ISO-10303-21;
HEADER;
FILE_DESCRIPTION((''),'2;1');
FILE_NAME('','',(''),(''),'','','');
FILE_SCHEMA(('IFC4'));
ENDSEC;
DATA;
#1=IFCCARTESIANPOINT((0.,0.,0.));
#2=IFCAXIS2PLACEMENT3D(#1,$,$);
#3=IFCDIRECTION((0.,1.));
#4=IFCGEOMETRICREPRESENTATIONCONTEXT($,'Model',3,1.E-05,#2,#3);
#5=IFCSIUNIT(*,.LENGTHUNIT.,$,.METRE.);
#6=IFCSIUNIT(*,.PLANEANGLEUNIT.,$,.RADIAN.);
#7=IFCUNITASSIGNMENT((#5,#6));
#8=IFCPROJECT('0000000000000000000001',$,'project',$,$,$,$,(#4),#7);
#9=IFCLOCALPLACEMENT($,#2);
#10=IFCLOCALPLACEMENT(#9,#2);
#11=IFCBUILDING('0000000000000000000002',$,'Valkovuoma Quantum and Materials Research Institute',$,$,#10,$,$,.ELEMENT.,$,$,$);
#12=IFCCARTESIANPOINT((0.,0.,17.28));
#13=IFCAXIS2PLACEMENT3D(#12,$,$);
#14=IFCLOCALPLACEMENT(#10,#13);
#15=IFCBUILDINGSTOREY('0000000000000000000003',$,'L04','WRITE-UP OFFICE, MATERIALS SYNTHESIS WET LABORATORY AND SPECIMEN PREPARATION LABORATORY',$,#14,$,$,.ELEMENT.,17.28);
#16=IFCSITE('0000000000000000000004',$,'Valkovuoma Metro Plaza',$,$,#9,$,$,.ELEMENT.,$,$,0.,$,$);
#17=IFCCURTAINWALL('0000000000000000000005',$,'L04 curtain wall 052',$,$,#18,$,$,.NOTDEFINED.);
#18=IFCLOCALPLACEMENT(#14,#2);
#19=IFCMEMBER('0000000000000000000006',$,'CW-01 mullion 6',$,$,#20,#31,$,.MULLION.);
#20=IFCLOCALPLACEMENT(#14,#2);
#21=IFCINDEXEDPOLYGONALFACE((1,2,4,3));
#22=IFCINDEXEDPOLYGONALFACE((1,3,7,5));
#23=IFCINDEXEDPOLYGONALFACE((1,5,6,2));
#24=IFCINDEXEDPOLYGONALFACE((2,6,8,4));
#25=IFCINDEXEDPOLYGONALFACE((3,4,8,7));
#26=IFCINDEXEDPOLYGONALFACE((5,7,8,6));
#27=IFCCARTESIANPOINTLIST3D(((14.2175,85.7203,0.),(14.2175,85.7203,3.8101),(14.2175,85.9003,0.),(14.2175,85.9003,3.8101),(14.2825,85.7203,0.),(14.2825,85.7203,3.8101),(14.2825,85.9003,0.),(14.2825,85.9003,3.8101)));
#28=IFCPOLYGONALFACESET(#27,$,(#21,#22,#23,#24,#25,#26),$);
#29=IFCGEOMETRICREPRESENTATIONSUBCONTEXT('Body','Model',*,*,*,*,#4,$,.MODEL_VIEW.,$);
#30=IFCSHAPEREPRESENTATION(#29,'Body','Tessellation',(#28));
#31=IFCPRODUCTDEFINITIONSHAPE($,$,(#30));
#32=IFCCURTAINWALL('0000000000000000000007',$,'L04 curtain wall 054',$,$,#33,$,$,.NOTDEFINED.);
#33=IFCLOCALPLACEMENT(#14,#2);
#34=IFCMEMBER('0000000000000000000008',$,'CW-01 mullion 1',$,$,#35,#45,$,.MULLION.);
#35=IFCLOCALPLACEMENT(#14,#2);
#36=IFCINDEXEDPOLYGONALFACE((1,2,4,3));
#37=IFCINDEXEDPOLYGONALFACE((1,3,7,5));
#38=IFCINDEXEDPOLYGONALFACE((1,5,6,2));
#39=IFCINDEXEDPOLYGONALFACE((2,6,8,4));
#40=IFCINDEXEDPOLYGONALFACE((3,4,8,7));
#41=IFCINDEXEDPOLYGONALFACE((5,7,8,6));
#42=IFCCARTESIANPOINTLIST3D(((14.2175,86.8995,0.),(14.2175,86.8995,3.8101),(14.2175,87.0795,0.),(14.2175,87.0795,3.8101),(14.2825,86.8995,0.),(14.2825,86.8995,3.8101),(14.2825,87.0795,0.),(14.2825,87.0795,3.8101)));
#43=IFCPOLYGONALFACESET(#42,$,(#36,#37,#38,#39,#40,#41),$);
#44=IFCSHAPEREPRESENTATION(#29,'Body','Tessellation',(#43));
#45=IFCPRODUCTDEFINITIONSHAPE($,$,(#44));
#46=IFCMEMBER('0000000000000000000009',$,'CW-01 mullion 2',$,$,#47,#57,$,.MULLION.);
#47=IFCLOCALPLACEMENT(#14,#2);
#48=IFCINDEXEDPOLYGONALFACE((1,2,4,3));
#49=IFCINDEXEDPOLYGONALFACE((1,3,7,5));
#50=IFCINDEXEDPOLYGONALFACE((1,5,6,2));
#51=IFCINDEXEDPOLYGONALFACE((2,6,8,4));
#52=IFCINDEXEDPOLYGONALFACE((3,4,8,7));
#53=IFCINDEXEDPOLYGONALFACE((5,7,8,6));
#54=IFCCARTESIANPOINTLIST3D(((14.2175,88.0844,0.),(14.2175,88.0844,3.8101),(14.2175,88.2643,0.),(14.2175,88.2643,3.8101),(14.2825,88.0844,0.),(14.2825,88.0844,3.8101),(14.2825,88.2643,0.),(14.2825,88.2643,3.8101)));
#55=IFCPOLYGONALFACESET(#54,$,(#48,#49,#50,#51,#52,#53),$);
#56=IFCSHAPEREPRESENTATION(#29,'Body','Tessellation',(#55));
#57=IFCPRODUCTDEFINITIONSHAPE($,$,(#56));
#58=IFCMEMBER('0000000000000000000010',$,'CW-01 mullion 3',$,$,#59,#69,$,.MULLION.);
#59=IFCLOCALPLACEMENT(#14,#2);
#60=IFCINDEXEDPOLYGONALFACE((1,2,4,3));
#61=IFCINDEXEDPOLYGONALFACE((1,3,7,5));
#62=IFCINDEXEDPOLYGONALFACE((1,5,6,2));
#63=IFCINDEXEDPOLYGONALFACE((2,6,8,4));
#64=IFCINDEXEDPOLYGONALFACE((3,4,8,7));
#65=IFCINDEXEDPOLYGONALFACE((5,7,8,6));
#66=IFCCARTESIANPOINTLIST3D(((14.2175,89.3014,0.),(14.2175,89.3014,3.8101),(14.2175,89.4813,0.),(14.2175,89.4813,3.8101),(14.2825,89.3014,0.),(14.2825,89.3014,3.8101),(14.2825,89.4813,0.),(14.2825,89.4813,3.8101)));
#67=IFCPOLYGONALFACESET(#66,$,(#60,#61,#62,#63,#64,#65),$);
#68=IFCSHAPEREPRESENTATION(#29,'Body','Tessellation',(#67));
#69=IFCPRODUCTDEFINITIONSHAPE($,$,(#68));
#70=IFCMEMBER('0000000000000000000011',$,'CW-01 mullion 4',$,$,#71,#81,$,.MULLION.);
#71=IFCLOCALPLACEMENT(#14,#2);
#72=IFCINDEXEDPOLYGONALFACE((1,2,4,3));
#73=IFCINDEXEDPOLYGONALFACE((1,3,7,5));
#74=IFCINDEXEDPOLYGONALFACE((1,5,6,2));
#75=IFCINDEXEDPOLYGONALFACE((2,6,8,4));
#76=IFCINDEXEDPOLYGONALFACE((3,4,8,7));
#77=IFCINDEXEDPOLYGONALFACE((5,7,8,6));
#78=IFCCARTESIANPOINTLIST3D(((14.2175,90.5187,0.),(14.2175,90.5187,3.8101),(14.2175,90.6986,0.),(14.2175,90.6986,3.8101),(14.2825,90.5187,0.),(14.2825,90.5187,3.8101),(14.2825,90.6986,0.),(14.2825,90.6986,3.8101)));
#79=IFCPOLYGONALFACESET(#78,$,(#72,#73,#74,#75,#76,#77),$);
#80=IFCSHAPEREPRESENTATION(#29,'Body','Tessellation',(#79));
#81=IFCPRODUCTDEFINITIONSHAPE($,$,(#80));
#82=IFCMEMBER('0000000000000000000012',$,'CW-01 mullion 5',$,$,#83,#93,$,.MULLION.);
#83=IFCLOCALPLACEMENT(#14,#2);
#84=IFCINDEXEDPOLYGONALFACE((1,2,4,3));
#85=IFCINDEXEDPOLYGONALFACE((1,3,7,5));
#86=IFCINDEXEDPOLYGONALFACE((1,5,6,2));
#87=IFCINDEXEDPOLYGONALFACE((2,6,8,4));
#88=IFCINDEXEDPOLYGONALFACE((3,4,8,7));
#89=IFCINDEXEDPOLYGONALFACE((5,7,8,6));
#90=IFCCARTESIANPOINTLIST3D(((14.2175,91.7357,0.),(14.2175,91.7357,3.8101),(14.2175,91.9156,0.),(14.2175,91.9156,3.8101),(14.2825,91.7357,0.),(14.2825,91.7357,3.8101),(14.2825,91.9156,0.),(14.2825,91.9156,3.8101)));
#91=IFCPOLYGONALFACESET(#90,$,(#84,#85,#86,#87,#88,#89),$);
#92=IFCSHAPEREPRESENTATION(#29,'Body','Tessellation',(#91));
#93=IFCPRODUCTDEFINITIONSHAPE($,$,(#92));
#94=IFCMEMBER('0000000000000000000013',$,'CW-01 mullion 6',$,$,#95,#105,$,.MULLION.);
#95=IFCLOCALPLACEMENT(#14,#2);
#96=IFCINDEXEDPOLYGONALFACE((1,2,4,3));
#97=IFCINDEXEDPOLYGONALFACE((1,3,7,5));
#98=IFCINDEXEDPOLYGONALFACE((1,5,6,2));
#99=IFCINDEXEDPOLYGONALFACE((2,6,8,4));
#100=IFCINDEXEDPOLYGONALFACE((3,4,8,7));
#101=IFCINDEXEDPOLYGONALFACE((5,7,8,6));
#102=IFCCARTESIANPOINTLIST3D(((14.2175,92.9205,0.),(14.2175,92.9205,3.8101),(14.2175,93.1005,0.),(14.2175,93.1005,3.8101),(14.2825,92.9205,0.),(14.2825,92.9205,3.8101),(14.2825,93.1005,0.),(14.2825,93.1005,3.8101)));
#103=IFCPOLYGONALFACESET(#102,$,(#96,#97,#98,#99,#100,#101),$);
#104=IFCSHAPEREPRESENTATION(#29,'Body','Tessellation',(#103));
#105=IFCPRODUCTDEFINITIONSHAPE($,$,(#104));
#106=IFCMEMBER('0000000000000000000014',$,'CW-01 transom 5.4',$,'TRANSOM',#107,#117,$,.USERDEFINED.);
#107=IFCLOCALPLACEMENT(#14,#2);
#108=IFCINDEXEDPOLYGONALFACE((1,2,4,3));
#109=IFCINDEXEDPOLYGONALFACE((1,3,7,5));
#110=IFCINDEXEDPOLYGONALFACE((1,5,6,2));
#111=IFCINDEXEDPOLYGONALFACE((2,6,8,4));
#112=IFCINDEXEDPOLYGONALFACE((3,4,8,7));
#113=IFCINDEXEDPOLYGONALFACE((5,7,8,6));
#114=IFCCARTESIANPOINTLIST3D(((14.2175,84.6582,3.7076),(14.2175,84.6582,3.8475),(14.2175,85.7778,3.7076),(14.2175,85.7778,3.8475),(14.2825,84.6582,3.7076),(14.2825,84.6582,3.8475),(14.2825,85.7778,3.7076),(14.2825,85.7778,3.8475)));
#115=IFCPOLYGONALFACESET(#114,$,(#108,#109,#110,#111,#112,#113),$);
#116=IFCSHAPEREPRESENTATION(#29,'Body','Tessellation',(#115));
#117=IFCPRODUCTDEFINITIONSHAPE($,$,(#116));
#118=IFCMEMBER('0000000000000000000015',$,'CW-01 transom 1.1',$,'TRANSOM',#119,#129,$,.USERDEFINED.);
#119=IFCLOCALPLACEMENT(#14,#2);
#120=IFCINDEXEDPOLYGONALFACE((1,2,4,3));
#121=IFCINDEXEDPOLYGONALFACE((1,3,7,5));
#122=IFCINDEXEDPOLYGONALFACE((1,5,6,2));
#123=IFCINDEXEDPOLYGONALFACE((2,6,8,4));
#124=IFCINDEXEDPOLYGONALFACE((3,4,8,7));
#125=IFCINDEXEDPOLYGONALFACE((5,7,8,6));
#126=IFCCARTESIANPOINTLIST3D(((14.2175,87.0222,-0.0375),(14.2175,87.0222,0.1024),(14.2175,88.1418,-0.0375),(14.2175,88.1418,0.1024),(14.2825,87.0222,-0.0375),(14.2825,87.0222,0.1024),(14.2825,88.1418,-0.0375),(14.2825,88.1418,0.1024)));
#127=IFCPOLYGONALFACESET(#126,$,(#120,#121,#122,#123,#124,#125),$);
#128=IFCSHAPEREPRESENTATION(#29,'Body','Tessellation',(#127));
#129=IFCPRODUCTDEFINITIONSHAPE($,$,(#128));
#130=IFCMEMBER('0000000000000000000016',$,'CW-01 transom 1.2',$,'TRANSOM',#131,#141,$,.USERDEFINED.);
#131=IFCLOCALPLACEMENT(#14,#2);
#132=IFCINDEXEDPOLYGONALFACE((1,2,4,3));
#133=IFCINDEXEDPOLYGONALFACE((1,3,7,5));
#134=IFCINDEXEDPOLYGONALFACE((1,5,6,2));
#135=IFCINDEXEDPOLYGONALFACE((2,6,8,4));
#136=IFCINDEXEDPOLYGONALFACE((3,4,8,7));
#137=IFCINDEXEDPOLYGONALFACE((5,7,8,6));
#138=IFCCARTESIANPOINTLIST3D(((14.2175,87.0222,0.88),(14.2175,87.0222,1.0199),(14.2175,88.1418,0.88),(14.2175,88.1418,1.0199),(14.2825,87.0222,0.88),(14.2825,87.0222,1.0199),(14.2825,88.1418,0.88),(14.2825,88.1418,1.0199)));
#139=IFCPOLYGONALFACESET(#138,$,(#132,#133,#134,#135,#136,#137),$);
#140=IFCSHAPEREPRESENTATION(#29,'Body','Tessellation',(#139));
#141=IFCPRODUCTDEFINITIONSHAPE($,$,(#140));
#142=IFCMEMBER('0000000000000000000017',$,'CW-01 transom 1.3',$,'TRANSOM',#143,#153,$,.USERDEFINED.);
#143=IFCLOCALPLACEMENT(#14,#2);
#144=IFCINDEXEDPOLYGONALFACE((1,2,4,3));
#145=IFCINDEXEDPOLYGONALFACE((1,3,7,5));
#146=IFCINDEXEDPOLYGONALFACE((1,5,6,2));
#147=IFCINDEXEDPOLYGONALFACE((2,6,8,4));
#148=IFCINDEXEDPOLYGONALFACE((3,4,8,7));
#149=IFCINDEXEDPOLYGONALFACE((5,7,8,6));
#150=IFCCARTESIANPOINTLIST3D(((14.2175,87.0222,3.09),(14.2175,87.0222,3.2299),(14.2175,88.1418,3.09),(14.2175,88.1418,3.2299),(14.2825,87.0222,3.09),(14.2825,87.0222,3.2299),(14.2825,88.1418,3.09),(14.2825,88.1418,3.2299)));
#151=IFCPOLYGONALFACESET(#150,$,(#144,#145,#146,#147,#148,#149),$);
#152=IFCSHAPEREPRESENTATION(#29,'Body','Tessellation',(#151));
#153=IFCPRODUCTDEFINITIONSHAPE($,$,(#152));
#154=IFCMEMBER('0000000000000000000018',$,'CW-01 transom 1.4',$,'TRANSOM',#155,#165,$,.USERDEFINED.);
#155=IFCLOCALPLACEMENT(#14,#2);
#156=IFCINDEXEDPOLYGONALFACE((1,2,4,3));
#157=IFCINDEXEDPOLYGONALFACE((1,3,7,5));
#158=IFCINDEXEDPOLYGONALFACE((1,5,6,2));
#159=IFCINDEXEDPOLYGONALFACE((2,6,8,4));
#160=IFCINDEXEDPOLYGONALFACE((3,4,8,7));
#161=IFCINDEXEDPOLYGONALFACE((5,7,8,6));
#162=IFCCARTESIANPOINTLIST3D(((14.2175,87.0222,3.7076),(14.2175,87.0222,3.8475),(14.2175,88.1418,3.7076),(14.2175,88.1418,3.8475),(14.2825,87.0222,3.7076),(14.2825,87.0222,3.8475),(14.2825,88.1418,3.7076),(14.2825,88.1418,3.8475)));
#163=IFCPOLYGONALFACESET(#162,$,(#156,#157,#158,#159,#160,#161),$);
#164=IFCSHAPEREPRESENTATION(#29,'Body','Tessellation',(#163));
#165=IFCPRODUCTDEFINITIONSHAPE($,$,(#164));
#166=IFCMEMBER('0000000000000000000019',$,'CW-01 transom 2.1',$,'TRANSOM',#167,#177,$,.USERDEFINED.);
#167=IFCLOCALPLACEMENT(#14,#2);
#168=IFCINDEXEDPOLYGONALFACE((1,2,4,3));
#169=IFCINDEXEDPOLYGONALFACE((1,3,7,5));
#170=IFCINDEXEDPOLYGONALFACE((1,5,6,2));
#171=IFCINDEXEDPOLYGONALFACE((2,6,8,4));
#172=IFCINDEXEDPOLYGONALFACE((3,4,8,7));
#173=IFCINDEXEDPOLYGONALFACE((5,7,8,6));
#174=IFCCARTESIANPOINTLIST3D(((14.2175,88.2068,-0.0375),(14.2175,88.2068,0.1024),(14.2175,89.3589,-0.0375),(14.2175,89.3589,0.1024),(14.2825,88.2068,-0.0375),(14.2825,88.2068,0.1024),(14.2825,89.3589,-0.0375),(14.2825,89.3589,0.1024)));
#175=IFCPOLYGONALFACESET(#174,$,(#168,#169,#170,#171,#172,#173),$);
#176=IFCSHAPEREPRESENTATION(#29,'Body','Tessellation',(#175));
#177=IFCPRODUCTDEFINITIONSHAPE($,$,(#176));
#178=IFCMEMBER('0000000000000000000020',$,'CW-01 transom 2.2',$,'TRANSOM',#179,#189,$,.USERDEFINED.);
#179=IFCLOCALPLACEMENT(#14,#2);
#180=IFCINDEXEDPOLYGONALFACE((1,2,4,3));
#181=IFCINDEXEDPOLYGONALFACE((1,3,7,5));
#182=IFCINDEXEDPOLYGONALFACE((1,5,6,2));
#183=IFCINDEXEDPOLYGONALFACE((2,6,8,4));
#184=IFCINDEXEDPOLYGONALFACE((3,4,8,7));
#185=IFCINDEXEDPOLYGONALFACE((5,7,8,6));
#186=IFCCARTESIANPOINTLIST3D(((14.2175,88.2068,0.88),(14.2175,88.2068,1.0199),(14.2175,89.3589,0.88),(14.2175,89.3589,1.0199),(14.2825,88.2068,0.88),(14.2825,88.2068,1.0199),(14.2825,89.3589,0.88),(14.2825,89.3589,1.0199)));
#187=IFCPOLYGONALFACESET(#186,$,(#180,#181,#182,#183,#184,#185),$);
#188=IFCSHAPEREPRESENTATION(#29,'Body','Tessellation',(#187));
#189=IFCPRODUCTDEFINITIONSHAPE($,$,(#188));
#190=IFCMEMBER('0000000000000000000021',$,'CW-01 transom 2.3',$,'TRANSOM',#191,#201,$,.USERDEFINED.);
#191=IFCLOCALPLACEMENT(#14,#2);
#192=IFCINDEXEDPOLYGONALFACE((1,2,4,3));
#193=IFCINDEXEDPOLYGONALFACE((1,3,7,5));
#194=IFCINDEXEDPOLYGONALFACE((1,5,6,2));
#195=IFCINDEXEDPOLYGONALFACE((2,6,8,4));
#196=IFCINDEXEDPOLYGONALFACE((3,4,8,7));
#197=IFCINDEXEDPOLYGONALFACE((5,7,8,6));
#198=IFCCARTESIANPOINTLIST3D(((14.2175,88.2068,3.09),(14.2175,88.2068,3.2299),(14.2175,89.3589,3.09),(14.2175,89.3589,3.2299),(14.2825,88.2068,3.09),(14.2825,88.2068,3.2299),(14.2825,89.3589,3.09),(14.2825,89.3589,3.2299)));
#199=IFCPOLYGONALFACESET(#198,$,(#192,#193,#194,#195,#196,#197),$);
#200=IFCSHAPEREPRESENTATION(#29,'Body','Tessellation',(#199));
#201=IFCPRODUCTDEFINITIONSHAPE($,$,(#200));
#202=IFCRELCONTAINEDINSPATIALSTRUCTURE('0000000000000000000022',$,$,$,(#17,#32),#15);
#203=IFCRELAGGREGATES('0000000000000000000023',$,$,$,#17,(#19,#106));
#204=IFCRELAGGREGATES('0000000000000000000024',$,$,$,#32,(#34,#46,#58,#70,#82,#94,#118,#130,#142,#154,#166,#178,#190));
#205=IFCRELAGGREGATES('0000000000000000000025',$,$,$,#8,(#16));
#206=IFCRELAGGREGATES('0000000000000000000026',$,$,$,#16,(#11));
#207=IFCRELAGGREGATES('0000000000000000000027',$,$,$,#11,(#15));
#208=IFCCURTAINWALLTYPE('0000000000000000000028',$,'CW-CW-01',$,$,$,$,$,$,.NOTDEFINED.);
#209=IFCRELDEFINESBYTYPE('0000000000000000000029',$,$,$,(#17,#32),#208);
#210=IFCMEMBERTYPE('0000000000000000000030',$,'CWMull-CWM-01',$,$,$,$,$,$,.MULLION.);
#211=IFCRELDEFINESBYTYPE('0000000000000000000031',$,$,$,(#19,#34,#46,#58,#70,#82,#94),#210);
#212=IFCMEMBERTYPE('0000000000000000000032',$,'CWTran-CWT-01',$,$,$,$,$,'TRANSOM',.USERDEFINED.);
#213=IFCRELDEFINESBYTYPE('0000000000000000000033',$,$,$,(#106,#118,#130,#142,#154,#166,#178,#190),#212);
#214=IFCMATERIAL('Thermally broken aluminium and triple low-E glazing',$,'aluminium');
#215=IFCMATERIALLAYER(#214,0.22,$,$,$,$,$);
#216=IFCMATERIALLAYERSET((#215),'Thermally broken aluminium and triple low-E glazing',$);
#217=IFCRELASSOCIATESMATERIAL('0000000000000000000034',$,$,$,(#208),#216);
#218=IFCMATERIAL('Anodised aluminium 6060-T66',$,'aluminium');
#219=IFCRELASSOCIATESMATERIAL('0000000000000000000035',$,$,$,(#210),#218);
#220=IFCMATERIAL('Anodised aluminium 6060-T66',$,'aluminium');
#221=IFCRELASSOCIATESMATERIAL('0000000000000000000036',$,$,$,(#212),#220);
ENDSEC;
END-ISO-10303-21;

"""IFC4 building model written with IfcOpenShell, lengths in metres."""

from ifc_helpers import new_model, si_unit, direction, frame, origin, origin_2d, place, context, subcontext, project, spatial, rectangle, extrude, material, layer, layer_set, material_profile, profile_set, type_object, element, aggregate, save


model = new_model("IFC4")

# Units and contexts
model_context = context("Model", 3, precision=1e-05, world=origin(), true_north=direction((0.0, 1.0)))
body_context = subcontext(model_context, "Body", "Model", "MODEL_VIEW")
ifc_project = project(units=[si_unit("LENGTHUNIT", "METRE"), si_unit("PLANEANGLEUNIT", "RADIAN")], contexts=[model_context])

# Site, building, storey
site_placement = place(None, origin())
site = spatial("IfcSite", under=ifc_project, at=site_placement, Name="Valkovuoma Metro Plaza", CompositionType="ELEMENT", RefElevation=0.0)
building_placement = place(site_placement, origin())
building = spatial("IfcBuilding", under=site, at=building_placement, Name="Valkovuoma Quantum and Materials Research Institute", CompositionType="ELEMENT")
storey_placement = place(building_placement, frame((0.0, 0.0, 17.28)))
storey = spatial("IfcBuildingStorey", under=building, at=storey_placement, Name="L04", Description="WRITE-UP OFFICE, MATERIALS SYNTHESIS WET LABORATORY AND SPECIMEN PREPARATION LABORATORY", CompositionType="ELEMENT", Elevation=17.28)

# Curtain wall, member
ifc_material_1 = material(Name="Thermally broken aluminium and triple low-E glazing", Category="aluminium")
ifc_layer_1 = layer(ifc_material_1, 0.22)
ifc_layer_set_1 = layer_set([ifc_layer_1], Name="Thermally broken aluminium and triple low-E glazing")
curtain_wall_type = type_object("IfcCurtainWallType", Name="CW-CW-01", PredefinedType="NOTDEFINED", material=ifc_layer_set_1)
curtain_wall_1_placement = place(storey_placement, origin())
curtain_wall_1 = element("IfcCurtainWall", 1, at=curtain_wall_1_placement, inside=storey, type_object=curtain_wall_type, Name="L04 curtain wall 052", PredefinedType="NOTDEFINED")
ifc_material_2 = material(Name="Anodised aluminium 6060-T66", Category="aluminium")
ifc_material_profile_1 = material_profile(ifc_material_2, rectangle(XDim=0.0649, YDim=0.1799, at=origin_2d()), Name="Anodised aluminium 6060-T66")
ifc_profile_set_1 = profile_set([ifc_material_profile_1], Name="Anodised aluminium 6060-T66")
member_type_1 = type_object("IfcMemberType", Name="CWMull-CWM-01", PredefinedType="MULLION", material=ifc_profile_set_1)
member_1_placement = place(storey_placement, frame((14.25, 85.8103, 0.0), z_axis=(0.0, 0.0, 1.0), x_axis=(-1.0, 0.0, 0.0)))
member_1 = element("IfcMember", 2, at=member_1_placement, type_object=member_type_1, Name="CW-01 mullion 6", PredefinedType="MULLION", context=body_context, shape_type="SweptSolid", body=[
    extrude(rectangle(XDim=0.0649, YDim=0.1799, at=origin_2d()), origin(), (0.0, 0.0, 1.0), 3.8101),
])

# Curtain wall, members
curtain_wall_2_placement = place(storey_placement, origin())
curtain_wall_2 = element("IfcCurtainWall", 3, at=curtain_wall_2_placement, inside=storey, type_object=curtain_wall_type, Name="L04 curtain wall 054", PredefinedType="NOTDEFINED")
member_2_placement = place(storey_placement, frame((14.25, 86.9895, 0.0), z_axis=(0.0, 0.0, 1.0), x_axis=(-1.0, 0.0, 0.0)))
member_2 = element("IfcMember", 4, at=member_2_placement, type_object=member_type_1, Name="CW-01 mullion 1", PredefinedType="MULLION", context=body_context, shape_type="SweptSolid", body=[
    extrude(rectangle(XDim=0.0649, YDim=0.1799, at=origin_2d()), origin(), (0.0, 0.0, 1.0), 3.8101),
])
member_3_placement = place(storey_placement, frame((14.25, 88.1743, 0.0), z_axis=(0.0, 0.0, 1.0), x_axis=(-1.0, 0.0, 0.0)))
member_3 = element("IfcMember", 5, at=member_3_placement, type_object=member_type_1, Name="CW-01 mullion 2", PredefinedType="MULLION", context=body_context, shape_type="SweptSolid", body=[
    extrude(rectangle(XDim=0.0649, YDim=0.1799, at=origin_2d()), origin(), (0.0, 0.0, 1.0), 3.8101),
])
member_4_placement = place(storey_placement, frame((14.25, 89.3914, 0.0), z_axis=(0.0, 0.0, 1.0), x_axis=(-1.0, 0.0, 0.0)))
member_4 = element("IfcMember", 6, at=member_4_placement, type_object=member_type_1, Name="CW-01 mullion 3", PredefinedType="MULLION", context=body_context, shape_type="SweptSolid", body=[
    extrude(rectangle(XDim=0.0649, YDim=0.1799, at=origin_2d()), origin(), (0.0, 0.0, 1.0), 3.8101),
])
member_5_placement = place(storey_placement, frame((14.25, 90.6086, 0.0), z_axis=(0.0, 0.0, 1.0), x_axis=(-1.0, 0.0, 0.0)))
member_5 = element("IfcMember", 7, at=member_5_placement, type_object=member_type_1, Name="CW-01 mullion 4", PredefinedType="MULLION", context=body_context, shape_type="SweptSolid", body=[
    extrude(rectangle(XDim=0.0649, YDim=0.1799, at=origin_2d()), origin(), (0.0, 0.0, 1.0), 3.8101),
])
member_6_placement = place(storey_placement, frame((14.25, 91.8257, 0.0), z_axis=(0.0, 0.0, 1.0), x_axis=(-1.0, 0.0, 0.0)))
member_6 = element("IfcMember", 8, at=member_6_placement, type_object=member_type_1, Name="CW-01 mullion 5", PredefinedType="MULLION", context=body_context, shape_type="SweptSolid", body=[
    extrude(rectangle(XDim=0.0649, YDim=0.1799, at=origin_2d()), origin(), (0.0, 0.0, 1.0), 3.8101),
])
member_7_placement = place(storey_placement, frame((14.25, 93.0105, 0.0), z_axis=(0.0, 0.0, 1.0), x_axis=(-1.0, 0.0, 0.0)))
member_7 = element("IfcMember", 9, at=member_7_placement, type_object=member_type_1, Name="CW-01 mullion 6", PredefinedType="MULLION", context=body_context, shape_type="SweptSolid", body=[
    extrude(rectangle(XDim=0.0649, YDim=0.1799, at=origin_2d()), origin(), (0.0, 0.0, 1.0), 3.8101),
])

# Members
ifc_material_3 = material(Name="Anodised aluminium 6060-T66", Category="aluminium")
ifc_material_profile_2 = material_profile(ifc_material_3, rectangle(XDim=0.0649, YDim=0.1399, at=origin_2d()), Name="Anodised aluminium 6060-T66")
ifc_profile_set_2 = profile_set([ifc_material_profile_2], Name="Anodised aluminium 6060-T66")
member_type_2 = type_object("IfcMemberType", Name="CWTran-CWT-01", ElementType="TRANSOM", PredefinedType="USERDEFINED", material=ifc_profile_set_2)
member_8_placement = place(storey_placement, frame((14.25, 84.6582, 3.7776), z_axis=(0.0, 1.0, 0.0), x_axis=(-1.0, 0.0, 0.0)))
member_8 = element("IfcMember", 10, at=member_8_placement, type_object=member_type_2, Name="CW-01 transom 5.4", ObjectType="TRANSOM", PredefinedType="USERDEFINED", context=body_context, shape_type="SweptSolid", body=[
    extrude(rectangle(XDim=0.0649, YDim=0.1399, at=origin_2d()), origin(), (0.0, 0.0, 1.0), 1.1196),
])
member_9_placement = place(storey_placement, frame((14.25, 87.0222, 0.0325), z_axis=(0.0, 1.0, 0.0), x_axis=(-1.0, 0.0, 0.0)))
member_9 = element("IfcMember", 11, at=member_9_placement, type_object=member_type_2, Name="CW-01 transom 1.1", ObjectType="TRANSOM", PredefinedType="USERDEFINED", context=body_context, shape_type="SweptSolid", body=[
    extrude(rectangle(XDim=0.0649, YDim=0.1399, at=origin_2d()), origin(), (0.0, 0.0, 1.0), 1.1196),
])
member_10_placement = place(storey_placement, frame((14.25, 87.0222, 0.95), z_axis=(0.0, 1.0, 0.0), x_axis=(-1.0, 0.0, 0.0)))
member_10 = element("IfcMember", 12, at=member_10_placement, type_object=member_type_2, Name="CW-01 transom 1.2", ObjectType="TRANSOM", PredefinedType="USERDEFINED", context=body_context, shape_type="SweptSolid", body=[
    extrude(rectangle(XDim=0.0649, YDim=0.1399, at=origin_2d()), origin(), (0.0, 0.0, 1.0), 1.1196),
])
member_11_placement = place(storey_placement, frame((14.25, 87.0222, 3.1599), z_axis=(0.0, 1.0, 0.0), x_axis=(-1.0, 0.0, 0.0)))
member_11 = element("IfcMember", 13, at=member_11_placement, type_object=member_type_2, Name="CW-01 transom 1.3", ObjectType="TRANSOM", PredefinedType="USERDEFINED", context=body_context, shape_type="SweptSolid", body=[
    extrude(rectangle(XDim=0.0649, YDim=0.1399, at=origin_2d()), origin(), (0.0, 0.0, 1.0), 1.1196),
])
member_12_placement = place(storey_placement, frame((14.25, 87.0222, 3.7776), z_axis=(0.0, 1.0, 0.0), x_axis=(-1.0, 0.0, 0.0)))
member_12 = element("IfcMember", 14, at=member_12_placement, type_object=member_type_2, Name="CW-01 transom 1.4", ObjectType="TRANSOM", PredefinedType="USERDEFINED", context=body_context, shape_type="SweptSolid", body=[
    extrude(rectangle(XDim=0.0649, YDim=0.1399, at=origin_2d()), origin(), (0.0, 0.0, 1.0), 1.1196),
])
member_13_placement = place(storey_placement, frame((14.25, 88.2068, 0.0325), z_axis=(0.0, 1.0, 0.0), x_axis=(-1.0, 0.0, 0.0)))
member_13 = element("IfcMember", 15, at=member_13_placement, type_object=member_type_2, Name="CW-01 transom 2.1", ObjectType="TRANSOM", PredefinedType="USERDEFINED", context=body_context, shape_type="SweptSolid", body=[
    extrude(rectangle(XDim=0.0649, YDim=0.1399, at=origin_2d()), origin(), (0.0, 0.0, 1.0), 1.1521),
])
member_14_placement = place(storey_placement, frame((14.25, 88.2068, 0.95), z_axis=(0.0, 1.0, 0.0), x_axis=(-1.0, 0.0, 0.0)))
member_14 = element("IfcMember", 16, at=member_14_placement, type_object=member_type_2, Name="CW-01 transom 2.2", ObjectType="TRANSOM", PredefinedType="USERDEFINED", context=body_context, shape_type="SweptSolid", body=[
    extrude(rectangle(XDim=0.0649, YDim=0.1399, at=origin_2d()), origin(), (0.0, 0.0, 1.0), 1.1521),
])
member_15_placement = place(storey_placement, frame((14.25, 88.2068, 3.1599), z_axis=(0.0, 1.0, 0.0), x_axis=(-1.0, 0.0, 0.0)))
member_15 = element("IfcMember", 17, at=member_15_placement, type_object=member_type_2, Name="CW-01 transom 2.3", ObjectType="TRANSOM", PredefinedType="USERDEFINED", context=body_context, shape_type="SweptSolid", body=[
    extrude(rectangle(XDim=0.0649, YDim=0.1399, at=origin_2d()), origin(), (0.0, 0.0, 1.0), 1.1521),
])

aggregate(curtain_wall_1, [member_1, member_8])
aggregate(curtain_wall_2, [member_2, member_3, member_4, member_5, member_6, member_7, member_9, member_10, member_11, member_12, member_13, member_14, member_15])

save(model, "model.ifc")
